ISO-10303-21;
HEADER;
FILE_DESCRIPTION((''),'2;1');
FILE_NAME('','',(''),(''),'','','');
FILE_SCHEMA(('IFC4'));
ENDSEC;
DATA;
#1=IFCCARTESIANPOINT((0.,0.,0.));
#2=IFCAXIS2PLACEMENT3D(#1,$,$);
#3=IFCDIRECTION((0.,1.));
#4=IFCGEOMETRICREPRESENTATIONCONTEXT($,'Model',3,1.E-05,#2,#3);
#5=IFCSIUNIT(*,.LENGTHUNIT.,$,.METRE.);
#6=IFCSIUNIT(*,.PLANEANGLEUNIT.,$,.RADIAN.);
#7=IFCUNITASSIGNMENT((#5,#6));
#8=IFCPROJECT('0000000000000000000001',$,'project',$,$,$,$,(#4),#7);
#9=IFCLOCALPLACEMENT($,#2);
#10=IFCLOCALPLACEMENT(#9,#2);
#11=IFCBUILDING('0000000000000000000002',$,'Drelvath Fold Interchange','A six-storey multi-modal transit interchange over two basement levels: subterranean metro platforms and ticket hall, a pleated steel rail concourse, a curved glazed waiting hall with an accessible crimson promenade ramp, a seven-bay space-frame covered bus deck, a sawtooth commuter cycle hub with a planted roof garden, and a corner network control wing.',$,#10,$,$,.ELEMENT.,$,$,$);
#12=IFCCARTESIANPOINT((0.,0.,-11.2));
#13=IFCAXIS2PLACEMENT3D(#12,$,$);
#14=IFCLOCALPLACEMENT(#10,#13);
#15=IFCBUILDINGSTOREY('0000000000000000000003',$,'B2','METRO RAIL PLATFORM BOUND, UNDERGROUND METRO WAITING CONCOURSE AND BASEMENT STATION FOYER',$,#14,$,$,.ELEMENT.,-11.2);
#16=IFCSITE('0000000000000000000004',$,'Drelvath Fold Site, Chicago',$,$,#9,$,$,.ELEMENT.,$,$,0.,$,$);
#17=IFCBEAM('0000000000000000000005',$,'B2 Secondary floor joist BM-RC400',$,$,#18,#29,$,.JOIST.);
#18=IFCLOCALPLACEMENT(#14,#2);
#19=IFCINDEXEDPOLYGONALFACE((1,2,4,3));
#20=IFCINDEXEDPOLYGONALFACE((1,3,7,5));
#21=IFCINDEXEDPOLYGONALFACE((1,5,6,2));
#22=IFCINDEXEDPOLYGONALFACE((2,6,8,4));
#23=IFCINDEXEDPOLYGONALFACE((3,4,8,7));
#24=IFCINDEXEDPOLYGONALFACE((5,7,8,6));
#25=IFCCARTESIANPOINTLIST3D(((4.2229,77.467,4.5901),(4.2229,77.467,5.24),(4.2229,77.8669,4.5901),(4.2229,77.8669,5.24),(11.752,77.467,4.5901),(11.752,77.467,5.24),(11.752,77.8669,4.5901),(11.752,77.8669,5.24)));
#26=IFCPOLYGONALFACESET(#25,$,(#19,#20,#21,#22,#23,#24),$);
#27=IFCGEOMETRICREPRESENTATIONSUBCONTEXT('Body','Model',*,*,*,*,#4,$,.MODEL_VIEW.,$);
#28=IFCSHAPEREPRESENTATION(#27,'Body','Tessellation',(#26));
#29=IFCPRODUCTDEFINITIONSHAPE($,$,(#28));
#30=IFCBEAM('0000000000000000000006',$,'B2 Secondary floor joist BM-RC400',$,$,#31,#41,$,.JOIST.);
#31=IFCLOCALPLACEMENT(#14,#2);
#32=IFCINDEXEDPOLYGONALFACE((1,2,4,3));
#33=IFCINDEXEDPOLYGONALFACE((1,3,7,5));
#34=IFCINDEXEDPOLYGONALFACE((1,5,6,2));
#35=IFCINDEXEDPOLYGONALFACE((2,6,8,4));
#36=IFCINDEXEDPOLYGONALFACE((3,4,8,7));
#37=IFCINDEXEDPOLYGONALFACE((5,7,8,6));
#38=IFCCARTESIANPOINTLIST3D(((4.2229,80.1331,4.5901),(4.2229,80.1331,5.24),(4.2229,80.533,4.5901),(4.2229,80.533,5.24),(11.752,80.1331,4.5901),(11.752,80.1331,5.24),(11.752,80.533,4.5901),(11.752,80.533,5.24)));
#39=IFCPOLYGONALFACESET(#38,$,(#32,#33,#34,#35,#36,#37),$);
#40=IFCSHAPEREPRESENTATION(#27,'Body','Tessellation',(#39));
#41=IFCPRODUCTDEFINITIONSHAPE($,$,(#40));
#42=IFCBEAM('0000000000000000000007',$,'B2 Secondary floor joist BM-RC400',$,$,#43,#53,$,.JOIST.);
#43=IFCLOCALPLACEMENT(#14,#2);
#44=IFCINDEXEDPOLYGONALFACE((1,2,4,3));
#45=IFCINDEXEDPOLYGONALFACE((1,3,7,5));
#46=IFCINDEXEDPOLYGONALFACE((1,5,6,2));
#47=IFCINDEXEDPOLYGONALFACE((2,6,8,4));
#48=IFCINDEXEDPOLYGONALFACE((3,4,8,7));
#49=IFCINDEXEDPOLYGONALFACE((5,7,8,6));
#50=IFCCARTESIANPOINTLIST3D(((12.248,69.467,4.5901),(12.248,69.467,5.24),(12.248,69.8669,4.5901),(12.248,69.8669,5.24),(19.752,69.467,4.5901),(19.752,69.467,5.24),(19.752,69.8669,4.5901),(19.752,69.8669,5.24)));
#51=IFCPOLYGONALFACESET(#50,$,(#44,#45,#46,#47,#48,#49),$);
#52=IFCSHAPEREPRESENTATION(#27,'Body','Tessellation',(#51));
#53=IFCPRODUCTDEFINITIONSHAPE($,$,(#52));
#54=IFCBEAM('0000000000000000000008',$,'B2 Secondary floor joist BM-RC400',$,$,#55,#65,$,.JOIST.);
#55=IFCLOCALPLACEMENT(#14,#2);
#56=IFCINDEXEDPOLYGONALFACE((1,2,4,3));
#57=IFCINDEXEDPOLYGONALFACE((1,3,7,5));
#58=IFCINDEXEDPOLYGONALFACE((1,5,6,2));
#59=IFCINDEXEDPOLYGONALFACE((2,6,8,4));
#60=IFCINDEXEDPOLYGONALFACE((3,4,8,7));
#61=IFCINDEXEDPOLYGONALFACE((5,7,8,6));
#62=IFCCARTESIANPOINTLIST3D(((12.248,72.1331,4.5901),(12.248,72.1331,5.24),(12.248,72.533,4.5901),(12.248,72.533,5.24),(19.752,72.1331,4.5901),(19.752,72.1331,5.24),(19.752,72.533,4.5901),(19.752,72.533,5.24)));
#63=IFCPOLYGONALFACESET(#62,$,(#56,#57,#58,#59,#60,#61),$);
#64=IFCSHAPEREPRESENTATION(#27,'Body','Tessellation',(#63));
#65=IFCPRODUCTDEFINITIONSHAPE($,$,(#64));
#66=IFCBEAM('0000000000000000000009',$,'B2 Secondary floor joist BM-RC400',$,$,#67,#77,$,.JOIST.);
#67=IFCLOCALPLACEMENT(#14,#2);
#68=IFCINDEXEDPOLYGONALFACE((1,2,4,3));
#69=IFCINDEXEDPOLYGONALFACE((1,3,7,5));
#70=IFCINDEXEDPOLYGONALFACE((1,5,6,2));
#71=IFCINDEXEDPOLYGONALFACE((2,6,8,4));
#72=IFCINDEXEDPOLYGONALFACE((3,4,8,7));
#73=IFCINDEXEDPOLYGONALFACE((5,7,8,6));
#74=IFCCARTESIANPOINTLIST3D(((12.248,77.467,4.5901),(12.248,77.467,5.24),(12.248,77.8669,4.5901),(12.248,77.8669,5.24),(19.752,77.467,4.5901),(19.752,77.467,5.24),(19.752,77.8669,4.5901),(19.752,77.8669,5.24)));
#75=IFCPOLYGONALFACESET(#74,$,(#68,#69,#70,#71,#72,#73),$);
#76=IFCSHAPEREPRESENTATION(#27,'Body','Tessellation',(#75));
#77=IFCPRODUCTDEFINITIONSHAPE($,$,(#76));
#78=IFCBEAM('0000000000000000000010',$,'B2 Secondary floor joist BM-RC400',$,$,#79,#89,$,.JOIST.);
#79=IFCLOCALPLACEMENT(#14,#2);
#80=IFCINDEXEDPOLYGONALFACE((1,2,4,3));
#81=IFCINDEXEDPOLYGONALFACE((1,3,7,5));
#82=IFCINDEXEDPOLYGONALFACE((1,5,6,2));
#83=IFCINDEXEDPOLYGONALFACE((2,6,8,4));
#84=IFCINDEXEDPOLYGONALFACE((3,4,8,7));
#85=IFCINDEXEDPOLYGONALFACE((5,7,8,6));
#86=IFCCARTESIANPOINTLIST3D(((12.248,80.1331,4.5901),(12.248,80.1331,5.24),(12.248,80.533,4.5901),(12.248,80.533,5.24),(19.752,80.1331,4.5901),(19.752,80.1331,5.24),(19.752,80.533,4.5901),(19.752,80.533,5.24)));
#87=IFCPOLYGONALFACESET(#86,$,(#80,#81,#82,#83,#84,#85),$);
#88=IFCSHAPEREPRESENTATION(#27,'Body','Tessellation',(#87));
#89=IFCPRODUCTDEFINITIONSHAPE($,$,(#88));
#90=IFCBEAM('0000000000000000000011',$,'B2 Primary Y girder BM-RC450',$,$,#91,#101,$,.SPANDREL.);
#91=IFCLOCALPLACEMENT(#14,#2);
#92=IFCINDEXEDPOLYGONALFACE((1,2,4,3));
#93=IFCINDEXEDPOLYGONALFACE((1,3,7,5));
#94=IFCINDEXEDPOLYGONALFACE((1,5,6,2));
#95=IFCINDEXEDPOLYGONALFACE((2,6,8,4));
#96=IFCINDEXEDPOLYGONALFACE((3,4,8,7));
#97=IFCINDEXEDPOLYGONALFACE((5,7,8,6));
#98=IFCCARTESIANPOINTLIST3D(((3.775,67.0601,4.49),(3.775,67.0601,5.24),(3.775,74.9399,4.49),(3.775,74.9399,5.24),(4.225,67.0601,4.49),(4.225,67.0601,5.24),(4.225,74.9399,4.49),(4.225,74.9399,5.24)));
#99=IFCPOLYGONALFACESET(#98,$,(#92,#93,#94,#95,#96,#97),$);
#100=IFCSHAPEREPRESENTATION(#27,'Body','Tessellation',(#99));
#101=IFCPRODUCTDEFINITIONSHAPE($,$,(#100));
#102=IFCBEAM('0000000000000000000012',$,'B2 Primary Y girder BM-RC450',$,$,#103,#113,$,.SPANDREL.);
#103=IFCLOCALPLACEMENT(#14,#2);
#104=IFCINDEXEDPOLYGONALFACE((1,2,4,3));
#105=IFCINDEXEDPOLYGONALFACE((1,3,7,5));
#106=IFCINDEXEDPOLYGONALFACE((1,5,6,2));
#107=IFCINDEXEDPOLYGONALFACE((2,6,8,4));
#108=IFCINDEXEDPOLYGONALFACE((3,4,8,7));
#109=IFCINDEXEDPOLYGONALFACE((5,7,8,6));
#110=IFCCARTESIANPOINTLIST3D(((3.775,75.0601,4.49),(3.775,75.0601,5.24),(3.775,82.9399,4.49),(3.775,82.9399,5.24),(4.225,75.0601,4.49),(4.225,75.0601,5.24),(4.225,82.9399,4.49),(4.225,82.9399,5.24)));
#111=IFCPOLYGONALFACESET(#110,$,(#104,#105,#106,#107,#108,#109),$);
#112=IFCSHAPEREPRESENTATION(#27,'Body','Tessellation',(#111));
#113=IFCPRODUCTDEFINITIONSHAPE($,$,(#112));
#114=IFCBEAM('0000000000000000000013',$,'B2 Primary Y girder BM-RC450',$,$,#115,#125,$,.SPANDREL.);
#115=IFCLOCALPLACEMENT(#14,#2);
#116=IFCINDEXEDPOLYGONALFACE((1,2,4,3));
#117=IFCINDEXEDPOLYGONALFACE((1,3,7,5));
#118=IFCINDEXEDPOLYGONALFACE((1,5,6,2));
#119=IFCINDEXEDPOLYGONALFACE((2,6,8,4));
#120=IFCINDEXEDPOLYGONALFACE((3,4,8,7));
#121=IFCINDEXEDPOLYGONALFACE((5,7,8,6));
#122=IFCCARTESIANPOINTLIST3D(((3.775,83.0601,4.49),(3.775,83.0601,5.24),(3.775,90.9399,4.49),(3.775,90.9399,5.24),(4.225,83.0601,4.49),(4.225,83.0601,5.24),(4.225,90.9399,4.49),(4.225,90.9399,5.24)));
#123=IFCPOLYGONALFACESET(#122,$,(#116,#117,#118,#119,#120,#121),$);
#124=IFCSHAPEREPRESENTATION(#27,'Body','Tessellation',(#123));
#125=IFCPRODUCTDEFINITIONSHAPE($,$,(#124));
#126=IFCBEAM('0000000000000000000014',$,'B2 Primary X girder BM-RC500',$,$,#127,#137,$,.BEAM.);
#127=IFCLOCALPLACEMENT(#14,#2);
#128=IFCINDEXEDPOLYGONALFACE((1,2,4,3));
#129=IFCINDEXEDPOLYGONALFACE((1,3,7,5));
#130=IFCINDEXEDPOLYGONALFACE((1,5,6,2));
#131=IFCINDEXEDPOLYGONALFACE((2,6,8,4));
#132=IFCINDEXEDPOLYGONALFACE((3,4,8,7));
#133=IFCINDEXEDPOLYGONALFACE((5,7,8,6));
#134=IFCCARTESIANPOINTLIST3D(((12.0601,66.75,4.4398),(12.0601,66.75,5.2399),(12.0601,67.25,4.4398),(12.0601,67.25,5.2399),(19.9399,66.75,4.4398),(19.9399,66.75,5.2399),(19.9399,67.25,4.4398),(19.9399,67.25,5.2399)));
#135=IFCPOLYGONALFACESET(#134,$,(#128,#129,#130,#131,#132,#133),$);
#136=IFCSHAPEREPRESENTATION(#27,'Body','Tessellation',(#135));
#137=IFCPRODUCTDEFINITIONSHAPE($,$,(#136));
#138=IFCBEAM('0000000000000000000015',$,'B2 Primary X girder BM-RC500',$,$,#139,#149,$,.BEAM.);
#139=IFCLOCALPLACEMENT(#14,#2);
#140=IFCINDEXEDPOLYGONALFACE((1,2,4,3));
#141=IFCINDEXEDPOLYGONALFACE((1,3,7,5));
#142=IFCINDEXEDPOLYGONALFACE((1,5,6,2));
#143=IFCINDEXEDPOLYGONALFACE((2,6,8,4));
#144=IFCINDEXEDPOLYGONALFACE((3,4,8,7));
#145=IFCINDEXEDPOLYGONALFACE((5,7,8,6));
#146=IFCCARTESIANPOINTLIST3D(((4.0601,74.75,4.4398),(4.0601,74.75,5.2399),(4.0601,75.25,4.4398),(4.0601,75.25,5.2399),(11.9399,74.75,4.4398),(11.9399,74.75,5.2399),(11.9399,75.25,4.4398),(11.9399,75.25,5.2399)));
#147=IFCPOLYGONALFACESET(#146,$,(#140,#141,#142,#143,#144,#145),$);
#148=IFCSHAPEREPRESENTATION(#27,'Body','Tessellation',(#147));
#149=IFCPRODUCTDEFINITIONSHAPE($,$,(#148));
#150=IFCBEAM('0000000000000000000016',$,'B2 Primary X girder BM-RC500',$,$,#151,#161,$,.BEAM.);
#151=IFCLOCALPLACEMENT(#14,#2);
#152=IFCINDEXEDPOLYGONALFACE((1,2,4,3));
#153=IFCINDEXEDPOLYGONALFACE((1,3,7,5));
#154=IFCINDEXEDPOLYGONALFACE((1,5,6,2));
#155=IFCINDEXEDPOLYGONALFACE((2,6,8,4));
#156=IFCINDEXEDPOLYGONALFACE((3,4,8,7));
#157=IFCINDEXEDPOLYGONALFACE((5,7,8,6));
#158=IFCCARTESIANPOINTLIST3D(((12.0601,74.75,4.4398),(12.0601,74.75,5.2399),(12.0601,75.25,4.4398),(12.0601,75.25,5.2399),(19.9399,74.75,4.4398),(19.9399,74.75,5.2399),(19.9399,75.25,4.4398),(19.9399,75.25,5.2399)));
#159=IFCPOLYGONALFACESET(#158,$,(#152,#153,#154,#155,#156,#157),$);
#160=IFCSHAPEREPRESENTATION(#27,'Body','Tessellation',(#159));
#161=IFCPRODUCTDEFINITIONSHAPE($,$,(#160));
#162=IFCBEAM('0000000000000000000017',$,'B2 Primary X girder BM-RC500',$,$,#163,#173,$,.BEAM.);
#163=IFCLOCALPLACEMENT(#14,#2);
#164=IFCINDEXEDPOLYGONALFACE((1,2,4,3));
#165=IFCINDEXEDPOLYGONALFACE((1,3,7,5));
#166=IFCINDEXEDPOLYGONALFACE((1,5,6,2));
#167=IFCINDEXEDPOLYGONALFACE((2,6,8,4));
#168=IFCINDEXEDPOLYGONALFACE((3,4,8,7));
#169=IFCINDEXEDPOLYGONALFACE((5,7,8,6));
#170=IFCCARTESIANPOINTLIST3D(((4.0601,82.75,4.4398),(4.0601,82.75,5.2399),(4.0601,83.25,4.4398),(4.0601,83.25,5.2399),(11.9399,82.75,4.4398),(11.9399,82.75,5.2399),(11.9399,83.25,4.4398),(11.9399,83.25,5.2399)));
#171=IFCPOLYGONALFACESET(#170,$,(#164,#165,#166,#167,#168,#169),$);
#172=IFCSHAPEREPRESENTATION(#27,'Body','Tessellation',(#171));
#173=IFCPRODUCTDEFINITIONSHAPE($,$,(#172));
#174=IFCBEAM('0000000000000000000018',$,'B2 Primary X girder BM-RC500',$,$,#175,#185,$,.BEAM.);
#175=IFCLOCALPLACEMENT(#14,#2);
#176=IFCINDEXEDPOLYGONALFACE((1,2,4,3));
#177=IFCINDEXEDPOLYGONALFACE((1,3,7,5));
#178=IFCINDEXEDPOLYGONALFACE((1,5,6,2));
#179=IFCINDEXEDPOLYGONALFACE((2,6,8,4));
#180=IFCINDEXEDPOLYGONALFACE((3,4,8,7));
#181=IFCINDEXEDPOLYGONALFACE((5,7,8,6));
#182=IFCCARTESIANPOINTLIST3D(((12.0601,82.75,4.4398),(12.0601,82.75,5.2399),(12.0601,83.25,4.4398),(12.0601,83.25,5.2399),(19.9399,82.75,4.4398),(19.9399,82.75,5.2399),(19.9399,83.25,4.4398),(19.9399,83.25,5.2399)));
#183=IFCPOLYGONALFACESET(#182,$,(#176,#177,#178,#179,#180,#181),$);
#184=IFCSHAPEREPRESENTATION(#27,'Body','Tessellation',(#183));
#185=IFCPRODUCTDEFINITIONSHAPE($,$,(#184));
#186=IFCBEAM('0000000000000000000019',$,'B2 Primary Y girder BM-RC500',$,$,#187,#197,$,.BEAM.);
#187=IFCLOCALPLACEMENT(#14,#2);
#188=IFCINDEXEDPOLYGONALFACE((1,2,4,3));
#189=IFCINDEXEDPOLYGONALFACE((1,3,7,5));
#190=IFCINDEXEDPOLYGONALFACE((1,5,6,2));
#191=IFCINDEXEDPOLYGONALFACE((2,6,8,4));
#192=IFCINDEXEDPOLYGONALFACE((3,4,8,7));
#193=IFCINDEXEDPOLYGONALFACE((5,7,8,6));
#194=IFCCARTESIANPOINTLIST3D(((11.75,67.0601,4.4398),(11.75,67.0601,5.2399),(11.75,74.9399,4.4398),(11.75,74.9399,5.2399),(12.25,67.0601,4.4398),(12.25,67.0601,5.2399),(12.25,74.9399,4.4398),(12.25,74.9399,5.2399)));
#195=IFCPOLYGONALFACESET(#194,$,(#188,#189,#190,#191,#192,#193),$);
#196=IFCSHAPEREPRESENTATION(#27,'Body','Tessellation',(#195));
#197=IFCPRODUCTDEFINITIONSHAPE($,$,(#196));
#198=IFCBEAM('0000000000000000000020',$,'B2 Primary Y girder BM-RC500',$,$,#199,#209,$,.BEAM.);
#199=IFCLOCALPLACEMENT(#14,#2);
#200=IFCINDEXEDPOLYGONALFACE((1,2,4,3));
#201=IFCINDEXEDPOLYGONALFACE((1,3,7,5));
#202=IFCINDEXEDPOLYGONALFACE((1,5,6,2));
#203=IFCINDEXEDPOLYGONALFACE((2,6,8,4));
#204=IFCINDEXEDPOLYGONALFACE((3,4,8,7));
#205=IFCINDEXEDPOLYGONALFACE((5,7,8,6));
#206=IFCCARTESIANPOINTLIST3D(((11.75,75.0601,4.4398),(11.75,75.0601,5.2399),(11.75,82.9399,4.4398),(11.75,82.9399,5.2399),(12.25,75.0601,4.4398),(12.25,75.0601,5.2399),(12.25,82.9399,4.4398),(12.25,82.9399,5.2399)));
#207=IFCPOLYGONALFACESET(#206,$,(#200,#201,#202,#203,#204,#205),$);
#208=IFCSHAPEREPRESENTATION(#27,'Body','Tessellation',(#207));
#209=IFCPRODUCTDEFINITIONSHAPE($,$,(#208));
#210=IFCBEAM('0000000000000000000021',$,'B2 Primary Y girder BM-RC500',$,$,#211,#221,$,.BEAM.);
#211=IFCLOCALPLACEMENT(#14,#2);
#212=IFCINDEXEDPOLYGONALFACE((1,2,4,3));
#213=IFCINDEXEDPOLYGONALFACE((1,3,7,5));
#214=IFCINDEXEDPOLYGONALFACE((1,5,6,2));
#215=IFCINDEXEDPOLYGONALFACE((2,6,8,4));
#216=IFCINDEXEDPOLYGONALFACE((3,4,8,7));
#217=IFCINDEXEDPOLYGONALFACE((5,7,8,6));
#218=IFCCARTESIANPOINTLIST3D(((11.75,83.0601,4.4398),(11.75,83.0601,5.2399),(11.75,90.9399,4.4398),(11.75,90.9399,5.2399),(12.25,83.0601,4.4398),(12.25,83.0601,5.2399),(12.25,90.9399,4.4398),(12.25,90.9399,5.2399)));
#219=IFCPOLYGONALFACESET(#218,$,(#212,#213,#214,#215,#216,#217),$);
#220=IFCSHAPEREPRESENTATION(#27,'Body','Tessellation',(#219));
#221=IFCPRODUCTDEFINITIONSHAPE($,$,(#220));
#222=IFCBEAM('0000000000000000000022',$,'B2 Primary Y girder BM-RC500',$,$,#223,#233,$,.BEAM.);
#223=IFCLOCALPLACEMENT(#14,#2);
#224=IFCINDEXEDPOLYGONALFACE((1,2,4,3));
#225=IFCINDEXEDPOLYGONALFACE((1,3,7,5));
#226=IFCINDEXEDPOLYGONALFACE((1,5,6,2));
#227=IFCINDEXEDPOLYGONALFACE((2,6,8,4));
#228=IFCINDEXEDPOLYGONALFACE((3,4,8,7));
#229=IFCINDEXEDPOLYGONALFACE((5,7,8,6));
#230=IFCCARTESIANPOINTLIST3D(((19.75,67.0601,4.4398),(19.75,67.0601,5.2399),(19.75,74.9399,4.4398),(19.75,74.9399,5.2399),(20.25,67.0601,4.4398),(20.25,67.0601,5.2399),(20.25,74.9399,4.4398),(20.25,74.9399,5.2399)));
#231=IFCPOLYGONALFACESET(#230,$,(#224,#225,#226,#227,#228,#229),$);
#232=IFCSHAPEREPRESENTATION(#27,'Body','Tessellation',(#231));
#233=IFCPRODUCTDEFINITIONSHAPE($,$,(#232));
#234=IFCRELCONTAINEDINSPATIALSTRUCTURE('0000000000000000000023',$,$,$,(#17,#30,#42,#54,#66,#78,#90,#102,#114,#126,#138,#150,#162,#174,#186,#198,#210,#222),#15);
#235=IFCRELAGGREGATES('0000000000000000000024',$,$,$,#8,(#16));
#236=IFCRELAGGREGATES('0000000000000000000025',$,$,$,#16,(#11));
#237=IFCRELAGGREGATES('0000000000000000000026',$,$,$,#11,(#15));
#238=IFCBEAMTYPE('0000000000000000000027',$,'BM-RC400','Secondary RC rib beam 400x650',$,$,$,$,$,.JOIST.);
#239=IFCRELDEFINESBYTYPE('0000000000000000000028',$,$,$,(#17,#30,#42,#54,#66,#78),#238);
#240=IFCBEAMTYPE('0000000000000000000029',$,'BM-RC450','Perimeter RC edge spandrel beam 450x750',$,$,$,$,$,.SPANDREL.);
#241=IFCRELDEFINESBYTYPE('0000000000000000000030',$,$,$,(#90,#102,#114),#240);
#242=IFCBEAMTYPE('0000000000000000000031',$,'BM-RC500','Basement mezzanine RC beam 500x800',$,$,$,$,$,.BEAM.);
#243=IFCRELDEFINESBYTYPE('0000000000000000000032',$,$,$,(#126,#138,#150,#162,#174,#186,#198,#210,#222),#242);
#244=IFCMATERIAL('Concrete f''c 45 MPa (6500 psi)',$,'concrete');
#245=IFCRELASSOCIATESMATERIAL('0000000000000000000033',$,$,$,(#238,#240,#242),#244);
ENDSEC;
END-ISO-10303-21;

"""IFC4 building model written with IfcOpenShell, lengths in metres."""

from ifc_helpers import new_model, si_unit, direction, frame, origin, origin_2d, place, context, subcontext, project, spatial, rectangle, extrude, material, material_profile, profile_set, type_object, element, save


model = new_model("IFC4")

# Units and contexts
model_context = context("Model", 3, precision=1e-05, world=origin(), true_north=direction((0.0, 1.0)))
body_context = subcontext(model_context, "Body", "Model", "MODEL_VIEW")
ifc_project = project(units=[si_unit("LENGTHUNIT", "METRE"), si_unit("PLANEANGLEUNIT", "RADIAN")], contexts=[model_context])

# Site, building, storey
site_placement = place(None, origin())
site = spatial("IfcSite", under=ifc_project, at=site_placement, Name="Drelvath Fold Site, Chicago", CompositionType="ELEMENT", RefElevation=0.0)
building_placement = place(site_placement, origin())
building = spatial("IfcBuilding", under=site, at=building_placement, Name="Drelvath Fold Interchange", Description="A six-storey multi-modal transit interchange over two basement levels: subterranean metro platforms and ticket hall, a pleated steel rail concourse, a curved glazed waiting hall with an accessible crimson promenade ramp, a seven-bay space-frame covered bus deck, a sawtooth commuter cycle hub with a planted roof garden, and a corner network control wing.", CompositionType="ELEMENT")
storey_placement = place(building_placement, frame((0.0, 0.0, -11.2)))
storey = spatial("IfcBuildingStorey", under=building, at=storey_placement, Name="B2", Description="METRO RAIL PLATFORM BOUND, UNDERGROUND METRO WAITING CONCOURSE AND BASEMENT STATION FOYER", CompositionType="ELEMENT", Elevation=-11.2)

# Beams
ifc_material_1 = material(Name="Concrete f'c 45 MPa (6500 psi)", Category="concrete")
ifc_material_profile_1 = material_profile(ifc_material_1, rectangle(XDim=0.3999, YDim=0.6499, at=origin_2d()), Name="RC 400x650")
ifc_profile_set_1 = profile_set([ifc_material_profile_1], Name="Concrete f'c 45 MPa (6500 psi)")
beam_type_1 = type_object("IfcBeamType", Name="BM-RC400", Description="Secondary RC rib beam 400x650", PredefinedType="JOIST", material=ifc_profile_set_1)
for number, where, z_axis, x_axis, name in (
    (1, (4.2229, 77.667, 4.915), (1.0, 0.0, 0.0), (0.0, 1.0, 0.0), "B2 Secondary floor joist BM-RC400"),
    (2, (4.2229, 80.333, 4.915), (1.0, 0.0, 0.0), (0.0, 1.0, 0.0), "B2 Secondary floor joist BM-RC400"),
):
    element("IfcBeam", number, at=place(storey_placement, frame(where, z_axis=z_axis, x_axis=x_axis)), inside=storey, type_object=beam_type_1, Name=name, PredefinedType="JOIST", context=body_context, shape_type="SweptSolid", body=[
        extrude(rectangle(XDim=0.3999, YDim=0.6499, at=origin_2d()), origin(), (0.0, 0.0, 1.0), 7.5291),
    ])
for number, where, z_axis, x_axis, name in (
    (3, (12.248, 69.667, 4.915), (1.0, 0.0, 0.0), (0.0, 1.0, 0.0), "B2 Secondary floor joist BM-RC400"),
    (4, (12.248, 72.333, 4.915), (1.0, 0.0, 0.0), (0.0, 1.0, 0.0), "B2 Secondary floor joist BM-RC400"),
    (5, (12.248, 77.667, 4.915), (1.0, 0.0, 0.0), (0.0, 1.0, 0.0), "B2 Secondary floor joist BM-RC400"),
    (6, (12.248, 80.333, 4.915), (1.0, 0.0, 0.0), (0.0, 1.0, 0.0), "B2 Secondary floor joist BM-RC400"),
):
    element("IfcBeam", number, at=place(storey_placement, frame(where, z_axis=z_axis, x_axis=x_axis)), inside=storey, type_object=beam_type_1, Name=name, PredefinedType="JOIST", context=body_context, shape_type="SweptSolid", body=[
        extrude(rectangle(XDim=0.3999, YDim=0.6499, at=origin_2d()), origin(), (0.0, 0.0, 1.0), 7.5039),
    ])
ifc_material_profile_2 = material_profile(ifc_material_1, rectangle(XDim=0.45, YDim=0.75, at=origin_2d()), Name="RC 450x750")
ifc_profile_set_2 = profile_set([ifc_material_profile_2], Name="Concrete f'c 45 MPa (6500 psi)")
beam_type_2 = type_object("IfcBeamType", Name="BM-RC450", Description="Perimeter RC edge spandrel beam 450x750", PredefinedType="SPANDREL", material=ifc_profile_set_2)
for number, where, z_axis, x_axis, name in (
    (7, (4.0, 67.0601, 4.865), (0.0, 1.0, 0.0), (-1.0, 0.0, 0.0), "B2 Primary Y girder BM-RC450"),
    (8, (4.0, 75.0601, 4.865), (0.0, 1.0, 0.0), (-1.0, 0.0, 0.0), "B2 Primary Y girder BM-RC450"),
    (9, (4.0, 83.0601, 4.865), (0.0, 1.0, 0.0), (-1.0, 0.0, 0.0), "B2 Primary Y girder BM-RC450"),
):
    element("IfcBeam", number, at=place(storey_placement, frame(where, z_axis=z_axis, x_axis=x_axis)), inside=storey, type_object=beam_type_2, Name=name, PredefinedType="SPANDREL", context=body_context, shape_type="SweptSolid", body=[
        extrude(rectangle(XDim=0.45, YDim=0.75, at=origin_2d()), origin(), (0.0, 0.0, 1.0), 7.8799),
    ])
ifc_material_profile_3 = material_profile(ifc_material_1, rectangle(XDim=0.5, YDim=0.8, at=origin_2d()), Name="RC 500x800")
ifc_profile_set_3 = profile_set([ifc_material_profile_3], Name="Concrete f'c 45 MPa (6500 psi)")
beam_type_3 = type_object("IfcBeamType", Name="BM-RC500", Description="Basement mezzanine RC beam 500x800", PredefinedType="BEAM", material=ifc_profile_set_3)
for number, where, z_axis, x_axis, name in (
    (10, (12.0601, 67.0, 4.8398), (1.0, 0.0, 0.0), (0.0, 1.0, 0.0), "B2 Primary X girder BM-RC500"),
    (11, (4.0601, 75.0, 4.8398), (1.0, 0.0, 0.0), (0.0, 1.0, 0.0), "B2 Primary X girder BM-RC500"),
    (12, (12.0601, 75.0, 4.8398), (1.0, 0.0, 0.0), (0.0, 1.0, 0.0), "B2 Primary X girder BM-RC500"),
    (13, (4.0601, 83.0, 4.8398), (1.0, 0.0, 0.0), (0.0, 1.0, 0.0), "B2 Primary X girder BM-RC500"),
    (14, (12.0601, 83.0, 4.8398), (1.0, 0.0, 0.0), (0.0, 1.0, 0.0), "B2 Primary X girder BM-RC500"),
    (15, (12.0, 67.0601, 4.8398), (0.0, 1.0, 0.0), (-1.0, 0.0, 0.0), "B2 Primary Y girder BM-RC500"),
    (16, (12.0, 75.0601, 4.8398), (0.0, 1.0, 0.0), (-1.0, 0.0, 0.0), "B2 Primary Y girder BM-RC500"),
    (17, (12.0, 83.0601, 4.8398), (0.0, 1.0, 0.0), (-1.0, 0.0, 0.0), "B2 Primary Y girder BM-RC500"),
    (18, (20.0, 67.0601, 4.8398), (0.0, 1.0, 0.0), (-1.0, 0.0, 0.0), "B2 Primary Y girder BM-RC500"),
):
    element("IfcBeam", number, at=place(storey_placement, frame(where, z_axis=z_axis, x_axis=x_axis)), inside=storey, type_object=beam_type_3, Name=name, PredefinedType="BEAM", context=body_context, shape_type="SweptSolid", body=[
        extrude(rectangle(XDim=0.5, YDim=0.8, at=origin_2d()), origin(), (0.0, 0.0, 1.0), 7.8799),
    ])

save(model, "model.ifc")
